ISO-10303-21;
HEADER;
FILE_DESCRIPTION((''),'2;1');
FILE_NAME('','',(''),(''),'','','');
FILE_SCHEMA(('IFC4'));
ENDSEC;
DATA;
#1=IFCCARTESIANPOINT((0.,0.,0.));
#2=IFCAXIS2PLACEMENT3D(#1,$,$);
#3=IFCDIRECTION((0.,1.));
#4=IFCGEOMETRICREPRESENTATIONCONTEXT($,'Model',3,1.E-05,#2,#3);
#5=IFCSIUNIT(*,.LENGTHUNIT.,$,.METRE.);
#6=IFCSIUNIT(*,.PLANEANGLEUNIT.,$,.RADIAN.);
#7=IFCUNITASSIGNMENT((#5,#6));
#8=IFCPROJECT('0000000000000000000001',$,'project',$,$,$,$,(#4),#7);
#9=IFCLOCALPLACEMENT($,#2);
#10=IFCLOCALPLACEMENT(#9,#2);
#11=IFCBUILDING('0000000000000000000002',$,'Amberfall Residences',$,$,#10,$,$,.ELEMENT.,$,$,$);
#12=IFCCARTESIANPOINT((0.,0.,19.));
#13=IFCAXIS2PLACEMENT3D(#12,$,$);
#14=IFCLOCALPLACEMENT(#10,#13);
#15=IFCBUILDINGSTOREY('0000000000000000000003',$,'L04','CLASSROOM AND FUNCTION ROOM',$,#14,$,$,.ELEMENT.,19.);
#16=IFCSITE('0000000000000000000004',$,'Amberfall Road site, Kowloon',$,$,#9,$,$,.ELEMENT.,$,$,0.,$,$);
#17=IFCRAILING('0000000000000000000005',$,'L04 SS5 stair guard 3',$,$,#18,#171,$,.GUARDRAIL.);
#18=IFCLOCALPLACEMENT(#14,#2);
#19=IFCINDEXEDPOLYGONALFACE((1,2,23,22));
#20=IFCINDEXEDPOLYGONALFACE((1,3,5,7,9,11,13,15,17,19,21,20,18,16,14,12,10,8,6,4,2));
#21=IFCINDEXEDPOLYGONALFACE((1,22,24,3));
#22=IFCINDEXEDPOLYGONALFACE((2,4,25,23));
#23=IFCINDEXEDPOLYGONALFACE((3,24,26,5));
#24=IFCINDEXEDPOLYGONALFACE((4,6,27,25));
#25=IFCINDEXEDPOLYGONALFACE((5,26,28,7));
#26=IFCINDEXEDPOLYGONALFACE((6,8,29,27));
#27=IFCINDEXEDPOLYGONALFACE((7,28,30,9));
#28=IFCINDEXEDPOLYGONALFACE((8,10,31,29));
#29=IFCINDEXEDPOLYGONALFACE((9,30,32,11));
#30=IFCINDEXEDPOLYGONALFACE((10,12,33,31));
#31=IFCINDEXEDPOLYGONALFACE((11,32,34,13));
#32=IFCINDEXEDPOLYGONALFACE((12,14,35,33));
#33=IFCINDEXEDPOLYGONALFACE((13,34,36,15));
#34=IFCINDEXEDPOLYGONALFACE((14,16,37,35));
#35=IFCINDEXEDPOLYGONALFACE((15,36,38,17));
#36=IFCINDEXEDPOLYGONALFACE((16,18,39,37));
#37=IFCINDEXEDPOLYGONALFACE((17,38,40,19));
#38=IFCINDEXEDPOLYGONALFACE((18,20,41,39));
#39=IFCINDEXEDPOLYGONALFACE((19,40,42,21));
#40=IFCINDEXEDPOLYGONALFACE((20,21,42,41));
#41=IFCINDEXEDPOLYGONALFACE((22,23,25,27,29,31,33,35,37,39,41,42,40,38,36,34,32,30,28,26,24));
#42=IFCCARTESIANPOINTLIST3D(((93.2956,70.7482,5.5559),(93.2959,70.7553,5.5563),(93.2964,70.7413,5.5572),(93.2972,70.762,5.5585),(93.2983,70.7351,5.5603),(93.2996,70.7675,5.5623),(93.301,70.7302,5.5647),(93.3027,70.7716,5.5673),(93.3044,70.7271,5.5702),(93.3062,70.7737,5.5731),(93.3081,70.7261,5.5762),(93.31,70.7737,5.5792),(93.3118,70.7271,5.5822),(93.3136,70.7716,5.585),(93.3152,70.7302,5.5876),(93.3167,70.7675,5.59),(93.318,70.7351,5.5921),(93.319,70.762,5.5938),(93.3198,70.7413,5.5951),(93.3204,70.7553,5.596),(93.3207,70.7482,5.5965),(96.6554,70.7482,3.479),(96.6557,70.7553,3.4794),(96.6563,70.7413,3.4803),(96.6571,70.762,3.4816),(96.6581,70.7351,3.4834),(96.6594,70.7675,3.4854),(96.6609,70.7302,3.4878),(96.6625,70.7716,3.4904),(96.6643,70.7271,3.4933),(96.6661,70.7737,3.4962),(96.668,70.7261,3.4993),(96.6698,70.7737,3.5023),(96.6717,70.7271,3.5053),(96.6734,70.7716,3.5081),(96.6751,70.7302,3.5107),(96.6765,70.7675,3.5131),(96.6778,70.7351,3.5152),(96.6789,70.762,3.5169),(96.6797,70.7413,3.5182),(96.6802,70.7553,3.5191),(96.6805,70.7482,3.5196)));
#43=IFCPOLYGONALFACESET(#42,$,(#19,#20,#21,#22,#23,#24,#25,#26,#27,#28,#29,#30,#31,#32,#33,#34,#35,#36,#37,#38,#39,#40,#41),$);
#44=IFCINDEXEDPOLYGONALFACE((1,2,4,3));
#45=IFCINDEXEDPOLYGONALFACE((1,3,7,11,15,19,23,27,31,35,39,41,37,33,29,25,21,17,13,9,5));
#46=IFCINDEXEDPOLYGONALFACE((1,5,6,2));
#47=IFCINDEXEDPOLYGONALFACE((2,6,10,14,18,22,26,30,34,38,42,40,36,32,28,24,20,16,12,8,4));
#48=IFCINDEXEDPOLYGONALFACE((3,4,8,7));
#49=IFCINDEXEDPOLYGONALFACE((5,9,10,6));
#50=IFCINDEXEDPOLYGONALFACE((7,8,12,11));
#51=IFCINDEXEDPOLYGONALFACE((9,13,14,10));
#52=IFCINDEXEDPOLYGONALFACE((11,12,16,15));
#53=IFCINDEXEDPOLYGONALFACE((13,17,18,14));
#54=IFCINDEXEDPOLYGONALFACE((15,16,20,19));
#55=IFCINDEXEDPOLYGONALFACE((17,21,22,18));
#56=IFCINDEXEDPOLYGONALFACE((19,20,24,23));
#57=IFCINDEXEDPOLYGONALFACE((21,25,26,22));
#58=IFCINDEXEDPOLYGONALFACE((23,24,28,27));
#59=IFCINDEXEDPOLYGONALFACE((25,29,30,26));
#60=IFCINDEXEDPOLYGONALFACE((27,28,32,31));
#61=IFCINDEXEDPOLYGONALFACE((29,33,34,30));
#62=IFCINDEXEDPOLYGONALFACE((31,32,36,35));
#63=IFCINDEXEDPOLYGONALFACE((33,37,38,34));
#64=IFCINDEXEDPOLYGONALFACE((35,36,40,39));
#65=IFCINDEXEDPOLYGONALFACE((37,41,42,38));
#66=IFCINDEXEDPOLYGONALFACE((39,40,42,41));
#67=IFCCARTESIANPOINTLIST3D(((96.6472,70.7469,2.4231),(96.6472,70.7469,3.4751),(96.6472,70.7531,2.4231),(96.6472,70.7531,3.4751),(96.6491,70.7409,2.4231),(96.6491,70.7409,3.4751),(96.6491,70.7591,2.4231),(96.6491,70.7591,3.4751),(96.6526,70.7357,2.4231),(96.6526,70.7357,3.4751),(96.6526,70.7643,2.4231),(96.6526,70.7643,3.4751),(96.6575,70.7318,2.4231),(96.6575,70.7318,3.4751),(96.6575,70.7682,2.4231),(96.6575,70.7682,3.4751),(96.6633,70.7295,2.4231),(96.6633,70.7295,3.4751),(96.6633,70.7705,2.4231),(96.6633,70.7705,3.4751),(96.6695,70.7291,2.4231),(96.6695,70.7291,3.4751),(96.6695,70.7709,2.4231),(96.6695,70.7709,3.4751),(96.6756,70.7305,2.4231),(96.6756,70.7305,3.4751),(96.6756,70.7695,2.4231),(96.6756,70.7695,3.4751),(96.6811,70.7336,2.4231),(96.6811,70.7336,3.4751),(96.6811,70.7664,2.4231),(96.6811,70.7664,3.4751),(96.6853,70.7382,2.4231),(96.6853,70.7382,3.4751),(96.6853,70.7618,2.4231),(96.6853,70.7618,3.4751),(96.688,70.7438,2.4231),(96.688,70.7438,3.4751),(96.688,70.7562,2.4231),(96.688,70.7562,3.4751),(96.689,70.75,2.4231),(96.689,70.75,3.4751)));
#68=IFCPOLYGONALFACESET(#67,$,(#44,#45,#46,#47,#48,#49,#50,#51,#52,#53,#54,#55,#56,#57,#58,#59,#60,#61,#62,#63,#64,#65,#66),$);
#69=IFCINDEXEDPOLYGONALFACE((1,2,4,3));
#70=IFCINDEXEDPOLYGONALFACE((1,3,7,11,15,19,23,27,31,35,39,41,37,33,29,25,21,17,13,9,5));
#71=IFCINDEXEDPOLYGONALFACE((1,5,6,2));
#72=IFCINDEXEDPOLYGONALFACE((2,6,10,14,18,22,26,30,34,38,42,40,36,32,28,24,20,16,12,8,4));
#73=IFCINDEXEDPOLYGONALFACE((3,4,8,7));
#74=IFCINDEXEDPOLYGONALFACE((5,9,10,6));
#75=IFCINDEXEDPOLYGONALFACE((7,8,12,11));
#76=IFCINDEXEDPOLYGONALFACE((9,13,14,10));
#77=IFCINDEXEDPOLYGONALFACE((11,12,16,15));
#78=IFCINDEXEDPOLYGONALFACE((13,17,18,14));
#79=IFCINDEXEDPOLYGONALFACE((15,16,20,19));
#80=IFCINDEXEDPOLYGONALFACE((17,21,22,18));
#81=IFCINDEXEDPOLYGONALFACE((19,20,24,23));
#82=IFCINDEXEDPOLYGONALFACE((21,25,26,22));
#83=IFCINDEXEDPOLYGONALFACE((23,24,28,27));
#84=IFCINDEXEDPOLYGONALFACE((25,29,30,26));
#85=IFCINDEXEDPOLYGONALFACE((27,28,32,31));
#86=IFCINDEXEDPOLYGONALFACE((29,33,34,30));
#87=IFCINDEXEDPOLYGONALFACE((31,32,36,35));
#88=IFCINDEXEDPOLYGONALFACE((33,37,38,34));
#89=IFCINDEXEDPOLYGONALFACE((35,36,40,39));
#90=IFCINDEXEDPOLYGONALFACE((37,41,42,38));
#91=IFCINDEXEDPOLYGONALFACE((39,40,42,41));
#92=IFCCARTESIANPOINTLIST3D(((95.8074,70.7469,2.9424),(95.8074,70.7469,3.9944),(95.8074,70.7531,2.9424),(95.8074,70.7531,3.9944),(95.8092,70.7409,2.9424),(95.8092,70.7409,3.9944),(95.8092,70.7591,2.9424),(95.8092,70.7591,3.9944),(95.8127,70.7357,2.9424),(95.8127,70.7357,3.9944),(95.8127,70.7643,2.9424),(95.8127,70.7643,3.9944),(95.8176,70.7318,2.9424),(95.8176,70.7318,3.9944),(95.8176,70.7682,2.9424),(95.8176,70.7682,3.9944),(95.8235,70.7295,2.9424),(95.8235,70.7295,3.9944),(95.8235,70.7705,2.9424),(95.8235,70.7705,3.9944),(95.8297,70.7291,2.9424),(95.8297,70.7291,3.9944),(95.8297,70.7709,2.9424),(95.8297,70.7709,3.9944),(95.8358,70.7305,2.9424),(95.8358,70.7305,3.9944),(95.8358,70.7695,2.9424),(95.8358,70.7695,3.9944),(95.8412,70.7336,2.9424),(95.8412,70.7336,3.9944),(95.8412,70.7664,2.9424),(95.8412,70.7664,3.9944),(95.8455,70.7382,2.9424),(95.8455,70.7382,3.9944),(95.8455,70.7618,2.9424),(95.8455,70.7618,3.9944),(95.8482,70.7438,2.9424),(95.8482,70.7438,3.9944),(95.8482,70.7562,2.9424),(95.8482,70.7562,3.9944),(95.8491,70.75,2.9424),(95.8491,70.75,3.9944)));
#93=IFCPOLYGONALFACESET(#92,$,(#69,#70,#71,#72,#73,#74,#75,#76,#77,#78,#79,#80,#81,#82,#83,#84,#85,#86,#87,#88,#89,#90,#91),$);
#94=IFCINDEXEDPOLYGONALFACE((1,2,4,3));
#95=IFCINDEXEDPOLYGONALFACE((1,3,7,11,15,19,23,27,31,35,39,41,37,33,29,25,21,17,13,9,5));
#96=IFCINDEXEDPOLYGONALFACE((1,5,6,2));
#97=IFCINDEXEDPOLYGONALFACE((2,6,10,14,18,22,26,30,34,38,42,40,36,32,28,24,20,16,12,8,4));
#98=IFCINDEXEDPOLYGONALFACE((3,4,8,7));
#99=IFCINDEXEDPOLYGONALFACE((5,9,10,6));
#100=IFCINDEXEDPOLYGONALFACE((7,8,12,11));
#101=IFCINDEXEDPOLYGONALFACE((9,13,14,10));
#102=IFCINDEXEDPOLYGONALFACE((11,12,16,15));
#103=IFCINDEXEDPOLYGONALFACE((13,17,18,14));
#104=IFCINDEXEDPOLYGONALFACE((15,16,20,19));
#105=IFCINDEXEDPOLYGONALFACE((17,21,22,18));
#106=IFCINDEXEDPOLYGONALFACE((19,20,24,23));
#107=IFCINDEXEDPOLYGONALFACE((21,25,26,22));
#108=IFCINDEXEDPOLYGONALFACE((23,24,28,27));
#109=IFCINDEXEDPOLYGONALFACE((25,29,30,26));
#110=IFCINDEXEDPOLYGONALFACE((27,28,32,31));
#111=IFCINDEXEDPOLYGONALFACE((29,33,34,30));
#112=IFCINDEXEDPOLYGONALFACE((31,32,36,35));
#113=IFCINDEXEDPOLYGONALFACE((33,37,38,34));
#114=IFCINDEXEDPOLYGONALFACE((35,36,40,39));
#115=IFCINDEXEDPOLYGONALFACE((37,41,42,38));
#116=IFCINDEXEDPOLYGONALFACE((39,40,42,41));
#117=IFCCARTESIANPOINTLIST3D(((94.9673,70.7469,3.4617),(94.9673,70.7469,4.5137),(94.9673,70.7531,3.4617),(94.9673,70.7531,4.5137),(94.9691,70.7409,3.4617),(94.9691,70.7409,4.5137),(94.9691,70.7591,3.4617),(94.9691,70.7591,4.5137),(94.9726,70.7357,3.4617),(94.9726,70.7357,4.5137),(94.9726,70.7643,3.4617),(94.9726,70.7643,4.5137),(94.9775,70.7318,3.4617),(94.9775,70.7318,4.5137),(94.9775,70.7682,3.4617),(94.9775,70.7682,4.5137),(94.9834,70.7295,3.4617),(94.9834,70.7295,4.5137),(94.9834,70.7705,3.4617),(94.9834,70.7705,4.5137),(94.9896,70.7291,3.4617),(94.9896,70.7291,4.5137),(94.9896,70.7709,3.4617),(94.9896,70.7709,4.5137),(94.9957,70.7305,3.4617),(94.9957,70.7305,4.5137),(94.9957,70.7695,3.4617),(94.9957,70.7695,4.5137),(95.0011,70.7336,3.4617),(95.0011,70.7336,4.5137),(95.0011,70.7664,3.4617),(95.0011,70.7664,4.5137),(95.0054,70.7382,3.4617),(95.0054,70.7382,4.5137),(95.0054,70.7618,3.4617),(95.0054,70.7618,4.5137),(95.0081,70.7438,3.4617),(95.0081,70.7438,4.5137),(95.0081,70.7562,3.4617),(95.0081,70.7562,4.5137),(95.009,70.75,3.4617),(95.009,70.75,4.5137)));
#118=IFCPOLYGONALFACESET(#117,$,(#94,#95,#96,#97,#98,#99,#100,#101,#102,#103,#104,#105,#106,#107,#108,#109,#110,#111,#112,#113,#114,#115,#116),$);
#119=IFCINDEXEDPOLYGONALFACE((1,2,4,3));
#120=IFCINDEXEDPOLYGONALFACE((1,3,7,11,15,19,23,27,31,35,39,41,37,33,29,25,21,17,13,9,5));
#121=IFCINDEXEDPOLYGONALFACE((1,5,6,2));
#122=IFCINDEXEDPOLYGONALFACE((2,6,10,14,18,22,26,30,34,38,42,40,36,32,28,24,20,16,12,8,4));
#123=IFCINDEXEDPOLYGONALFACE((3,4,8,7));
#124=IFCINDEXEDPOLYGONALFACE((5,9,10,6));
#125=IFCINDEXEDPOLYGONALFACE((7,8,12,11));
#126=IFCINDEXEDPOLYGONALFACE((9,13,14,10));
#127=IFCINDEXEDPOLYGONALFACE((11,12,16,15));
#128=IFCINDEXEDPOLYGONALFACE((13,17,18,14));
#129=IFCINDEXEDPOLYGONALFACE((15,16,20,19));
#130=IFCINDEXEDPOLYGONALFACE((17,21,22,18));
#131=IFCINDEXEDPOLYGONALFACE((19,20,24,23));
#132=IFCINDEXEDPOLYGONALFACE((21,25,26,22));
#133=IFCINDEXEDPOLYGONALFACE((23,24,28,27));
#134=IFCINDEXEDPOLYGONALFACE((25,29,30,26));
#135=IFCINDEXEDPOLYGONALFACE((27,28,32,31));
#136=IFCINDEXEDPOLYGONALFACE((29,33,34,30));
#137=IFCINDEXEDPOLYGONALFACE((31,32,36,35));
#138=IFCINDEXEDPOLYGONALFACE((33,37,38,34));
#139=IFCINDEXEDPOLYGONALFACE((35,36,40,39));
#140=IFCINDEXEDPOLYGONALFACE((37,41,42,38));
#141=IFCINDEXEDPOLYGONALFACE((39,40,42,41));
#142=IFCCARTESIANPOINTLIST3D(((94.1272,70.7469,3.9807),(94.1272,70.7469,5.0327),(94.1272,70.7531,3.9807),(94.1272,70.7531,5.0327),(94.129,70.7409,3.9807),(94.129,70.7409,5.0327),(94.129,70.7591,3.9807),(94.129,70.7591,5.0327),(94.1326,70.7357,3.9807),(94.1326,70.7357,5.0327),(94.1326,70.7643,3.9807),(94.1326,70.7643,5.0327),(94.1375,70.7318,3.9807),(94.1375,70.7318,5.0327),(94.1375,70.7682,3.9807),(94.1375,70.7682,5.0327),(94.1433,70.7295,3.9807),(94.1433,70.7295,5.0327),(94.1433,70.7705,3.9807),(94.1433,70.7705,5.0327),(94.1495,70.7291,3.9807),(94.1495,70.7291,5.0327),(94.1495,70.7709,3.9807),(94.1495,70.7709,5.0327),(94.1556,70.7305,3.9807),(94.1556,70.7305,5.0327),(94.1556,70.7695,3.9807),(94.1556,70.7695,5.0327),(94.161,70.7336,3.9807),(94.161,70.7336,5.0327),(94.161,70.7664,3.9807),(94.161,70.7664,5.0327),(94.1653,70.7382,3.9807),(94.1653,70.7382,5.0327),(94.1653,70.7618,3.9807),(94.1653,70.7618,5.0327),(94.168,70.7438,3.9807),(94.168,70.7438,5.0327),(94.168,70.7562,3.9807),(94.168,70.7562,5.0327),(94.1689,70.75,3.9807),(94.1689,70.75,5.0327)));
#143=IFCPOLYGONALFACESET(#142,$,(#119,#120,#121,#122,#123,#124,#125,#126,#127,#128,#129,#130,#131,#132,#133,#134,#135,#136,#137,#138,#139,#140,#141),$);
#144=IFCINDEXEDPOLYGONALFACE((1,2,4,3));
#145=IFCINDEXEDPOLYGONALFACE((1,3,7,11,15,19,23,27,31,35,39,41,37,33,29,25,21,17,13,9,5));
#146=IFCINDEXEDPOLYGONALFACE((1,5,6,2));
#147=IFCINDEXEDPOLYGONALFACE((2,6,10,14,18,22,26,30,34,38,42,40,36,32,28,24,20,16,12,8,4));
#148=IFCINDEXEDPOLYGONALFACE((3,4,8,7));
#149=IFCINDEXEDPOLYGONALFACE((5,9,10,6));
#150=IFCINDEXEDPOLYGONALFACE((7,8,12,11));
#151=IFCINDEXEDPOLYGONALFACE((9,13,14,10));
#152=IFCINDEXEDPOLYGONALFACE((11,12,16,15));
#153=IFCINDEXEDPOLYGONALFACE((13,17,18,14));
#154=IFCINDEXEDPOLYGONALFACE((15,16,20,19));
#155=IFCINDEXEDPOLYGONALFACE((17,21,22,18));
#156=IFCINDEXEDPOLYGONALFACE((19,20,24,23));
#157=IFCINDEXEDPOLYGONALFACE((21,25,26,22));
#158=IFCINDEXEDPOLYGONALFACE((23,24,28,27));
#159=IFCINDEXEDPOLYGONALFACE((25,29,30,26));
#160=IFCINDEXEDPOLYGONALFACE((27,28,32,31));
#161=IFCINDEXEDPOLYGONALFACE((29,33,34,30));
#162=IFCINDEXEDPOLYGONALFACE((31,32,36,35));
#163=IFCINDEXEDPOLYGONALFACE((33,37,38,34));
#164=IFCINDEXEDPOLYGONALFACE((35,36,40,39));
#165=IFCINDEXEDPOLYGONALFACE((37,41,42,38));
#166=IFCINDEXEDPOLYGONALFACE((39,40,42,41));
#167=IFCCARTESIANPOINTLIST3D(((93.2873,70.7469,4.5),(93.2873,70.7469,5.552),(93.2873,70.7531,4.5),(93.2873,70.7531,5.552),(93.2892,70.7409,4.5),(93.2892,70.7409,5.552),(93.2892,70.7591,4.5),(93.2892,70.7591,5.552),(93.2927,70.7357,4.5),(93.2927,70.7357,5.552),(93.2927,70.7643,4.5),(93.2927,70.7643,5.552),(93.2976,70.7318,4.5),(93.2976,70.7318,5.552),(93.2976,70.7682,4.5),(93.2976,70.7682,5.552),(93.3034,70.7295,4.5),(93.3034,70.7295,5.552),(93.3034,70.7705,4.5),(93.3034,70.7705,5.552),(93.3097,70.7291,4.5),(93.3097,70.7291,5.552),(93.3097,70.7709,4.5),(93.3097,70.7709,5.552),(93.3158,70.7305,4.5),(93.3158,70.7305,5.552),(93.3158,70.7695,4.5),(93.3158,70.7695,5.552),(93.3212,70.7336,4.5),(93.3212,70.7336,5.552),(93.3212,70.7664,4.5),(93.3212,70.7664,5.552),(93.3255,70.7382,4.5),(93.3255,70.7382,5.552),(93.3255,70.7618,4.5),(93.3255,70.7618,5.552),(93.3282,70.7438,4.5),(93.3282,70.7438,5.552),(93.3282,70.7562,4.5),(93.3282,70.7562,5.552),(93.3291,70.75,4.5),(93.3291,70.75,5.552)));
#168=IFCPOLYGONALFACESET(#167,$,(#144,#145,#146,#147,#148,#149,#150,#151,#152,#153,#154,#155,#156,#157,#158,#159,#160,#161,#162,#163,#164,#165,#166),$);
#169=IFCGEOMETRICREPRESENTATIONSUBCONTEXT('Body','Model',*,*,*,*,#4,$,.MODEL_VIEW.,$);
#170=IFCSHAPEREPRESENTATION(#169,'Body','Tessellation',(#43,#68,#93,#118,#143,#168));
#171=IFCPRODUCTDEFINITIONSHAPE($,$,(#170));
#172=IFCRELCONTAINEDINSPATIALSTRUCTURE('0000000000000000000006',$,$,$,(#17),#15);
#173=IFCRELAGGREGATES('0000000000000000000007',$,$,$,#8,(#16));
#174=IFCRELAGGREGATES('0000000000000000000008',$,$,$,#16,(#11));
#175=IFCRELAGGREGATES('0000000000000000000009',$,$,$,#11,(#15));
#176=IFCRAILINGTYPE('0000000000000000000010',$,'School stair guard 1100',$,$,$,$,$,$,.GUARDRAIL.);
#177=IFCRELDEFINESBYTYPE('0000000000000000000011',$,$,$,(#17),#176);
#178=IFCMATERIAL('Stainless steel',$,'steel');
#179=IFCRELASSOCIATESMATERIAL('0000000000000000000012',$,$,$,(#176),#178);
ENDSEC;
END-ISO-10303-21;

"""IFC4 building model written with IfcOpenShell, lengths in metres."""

from ifc_helpers import new_model, si_unit, direction, frame, origin, origin_2d, place, context, subcontext, project, spatial, circle, extrude, material, type_object, element, save


model = new_model("IFC4")

# Units and contexts
model_context = context("Model", 3, precision=1e-05, world=origin(), true_north=direction((0.0, 1.0)))
body_context = subcontext(model_context, "Body", "Model", "MODEL_VIEW")
ifc_project = project(units=[si_unit("LENGTHUNIT", "METRE"), si_unit("PLANEANGLEUNIT", "RADIAN")], contexts=[model_context])

# Site, building, storey
site_placement = place(None, origin())
site = spatial("IfcSite", under=ifc_project, at=site_placement, Name="Amberfall Road site, Kowloon", CompositionType="ELEMENT", RefElevation=0.0)
building_placement = place(site_placement, origin())
building = spatial("IfcBuilding", under=site, at=building_placement, Name="Amberfall Residences", CompositionType="ELEMENT")
storey_placement = place(building_placement, frame((0.0, 0.0, 19.0)))
storey = spatial("IfcBuildingStorey", under=building, at=storey_placement, Name="L04", Description="CLASSROOM AND FUNCTION ROOM", CompositionType="ELEMENT", Elevation=19.0)

# Railing
ifc_material_1 = material(Name="Stainless steel", Category="steel")
railing_type_1 = type_object("IfcRailingType", Name="School stair guard 1100", PredefinedType="GUARDRAIL", material=ifc_material_1)
railing_1_placement = place(storey_placement, frame((96.668, 70.75, 2.4231)))
element("IfcRailing", 1, at=railing_1_placement, inside=storey, type_object=railing_type_1, Name="L04 SS5 stair guard 3", PredefinedType="GUARDRAIL", context=body_context, shape_type="SweptSolid", body=[
    extrude(circle(Radius=0.0239, at=origin_2d()), frame((0.0, 0.0, 1.0762), z_axis=(-0.850606, 0.0, 0.525803), x_axis=(0.0, -1.0, 0.0)), (0.0, 0.0, 1.0), 3.95),
    extrude(circle(Radius=0.021, at=origin_2d()), origin(), (0.0, 0.0, 1.0), 1.052),
    extrude(circle(Radius=0.021, at=origin_2d()), frame((-0.8398, 0.0, 0.5193)), (0.0, 0.0, 1.0), 1.052),
    extrude(circle(Radius=0.021, at=origin_2d()), frame((-1.6799, 0.0, 1.0386)), (0.0, 0.0, 1.0), 1.052),
    extrude(circle(Radius=0.021, at=origin_2d()), frame((-2.52, 0.0, 1.5576)), (0.0, 0.0, 1.0), 1.052),
    extrude(circle(Radius=0.021, at=origin_2d()), frame((-3.3599, 0.0, 2.0769)), (0.0, 0.0, 1.0), 1.052),
])

save(model, "model.ifc")
